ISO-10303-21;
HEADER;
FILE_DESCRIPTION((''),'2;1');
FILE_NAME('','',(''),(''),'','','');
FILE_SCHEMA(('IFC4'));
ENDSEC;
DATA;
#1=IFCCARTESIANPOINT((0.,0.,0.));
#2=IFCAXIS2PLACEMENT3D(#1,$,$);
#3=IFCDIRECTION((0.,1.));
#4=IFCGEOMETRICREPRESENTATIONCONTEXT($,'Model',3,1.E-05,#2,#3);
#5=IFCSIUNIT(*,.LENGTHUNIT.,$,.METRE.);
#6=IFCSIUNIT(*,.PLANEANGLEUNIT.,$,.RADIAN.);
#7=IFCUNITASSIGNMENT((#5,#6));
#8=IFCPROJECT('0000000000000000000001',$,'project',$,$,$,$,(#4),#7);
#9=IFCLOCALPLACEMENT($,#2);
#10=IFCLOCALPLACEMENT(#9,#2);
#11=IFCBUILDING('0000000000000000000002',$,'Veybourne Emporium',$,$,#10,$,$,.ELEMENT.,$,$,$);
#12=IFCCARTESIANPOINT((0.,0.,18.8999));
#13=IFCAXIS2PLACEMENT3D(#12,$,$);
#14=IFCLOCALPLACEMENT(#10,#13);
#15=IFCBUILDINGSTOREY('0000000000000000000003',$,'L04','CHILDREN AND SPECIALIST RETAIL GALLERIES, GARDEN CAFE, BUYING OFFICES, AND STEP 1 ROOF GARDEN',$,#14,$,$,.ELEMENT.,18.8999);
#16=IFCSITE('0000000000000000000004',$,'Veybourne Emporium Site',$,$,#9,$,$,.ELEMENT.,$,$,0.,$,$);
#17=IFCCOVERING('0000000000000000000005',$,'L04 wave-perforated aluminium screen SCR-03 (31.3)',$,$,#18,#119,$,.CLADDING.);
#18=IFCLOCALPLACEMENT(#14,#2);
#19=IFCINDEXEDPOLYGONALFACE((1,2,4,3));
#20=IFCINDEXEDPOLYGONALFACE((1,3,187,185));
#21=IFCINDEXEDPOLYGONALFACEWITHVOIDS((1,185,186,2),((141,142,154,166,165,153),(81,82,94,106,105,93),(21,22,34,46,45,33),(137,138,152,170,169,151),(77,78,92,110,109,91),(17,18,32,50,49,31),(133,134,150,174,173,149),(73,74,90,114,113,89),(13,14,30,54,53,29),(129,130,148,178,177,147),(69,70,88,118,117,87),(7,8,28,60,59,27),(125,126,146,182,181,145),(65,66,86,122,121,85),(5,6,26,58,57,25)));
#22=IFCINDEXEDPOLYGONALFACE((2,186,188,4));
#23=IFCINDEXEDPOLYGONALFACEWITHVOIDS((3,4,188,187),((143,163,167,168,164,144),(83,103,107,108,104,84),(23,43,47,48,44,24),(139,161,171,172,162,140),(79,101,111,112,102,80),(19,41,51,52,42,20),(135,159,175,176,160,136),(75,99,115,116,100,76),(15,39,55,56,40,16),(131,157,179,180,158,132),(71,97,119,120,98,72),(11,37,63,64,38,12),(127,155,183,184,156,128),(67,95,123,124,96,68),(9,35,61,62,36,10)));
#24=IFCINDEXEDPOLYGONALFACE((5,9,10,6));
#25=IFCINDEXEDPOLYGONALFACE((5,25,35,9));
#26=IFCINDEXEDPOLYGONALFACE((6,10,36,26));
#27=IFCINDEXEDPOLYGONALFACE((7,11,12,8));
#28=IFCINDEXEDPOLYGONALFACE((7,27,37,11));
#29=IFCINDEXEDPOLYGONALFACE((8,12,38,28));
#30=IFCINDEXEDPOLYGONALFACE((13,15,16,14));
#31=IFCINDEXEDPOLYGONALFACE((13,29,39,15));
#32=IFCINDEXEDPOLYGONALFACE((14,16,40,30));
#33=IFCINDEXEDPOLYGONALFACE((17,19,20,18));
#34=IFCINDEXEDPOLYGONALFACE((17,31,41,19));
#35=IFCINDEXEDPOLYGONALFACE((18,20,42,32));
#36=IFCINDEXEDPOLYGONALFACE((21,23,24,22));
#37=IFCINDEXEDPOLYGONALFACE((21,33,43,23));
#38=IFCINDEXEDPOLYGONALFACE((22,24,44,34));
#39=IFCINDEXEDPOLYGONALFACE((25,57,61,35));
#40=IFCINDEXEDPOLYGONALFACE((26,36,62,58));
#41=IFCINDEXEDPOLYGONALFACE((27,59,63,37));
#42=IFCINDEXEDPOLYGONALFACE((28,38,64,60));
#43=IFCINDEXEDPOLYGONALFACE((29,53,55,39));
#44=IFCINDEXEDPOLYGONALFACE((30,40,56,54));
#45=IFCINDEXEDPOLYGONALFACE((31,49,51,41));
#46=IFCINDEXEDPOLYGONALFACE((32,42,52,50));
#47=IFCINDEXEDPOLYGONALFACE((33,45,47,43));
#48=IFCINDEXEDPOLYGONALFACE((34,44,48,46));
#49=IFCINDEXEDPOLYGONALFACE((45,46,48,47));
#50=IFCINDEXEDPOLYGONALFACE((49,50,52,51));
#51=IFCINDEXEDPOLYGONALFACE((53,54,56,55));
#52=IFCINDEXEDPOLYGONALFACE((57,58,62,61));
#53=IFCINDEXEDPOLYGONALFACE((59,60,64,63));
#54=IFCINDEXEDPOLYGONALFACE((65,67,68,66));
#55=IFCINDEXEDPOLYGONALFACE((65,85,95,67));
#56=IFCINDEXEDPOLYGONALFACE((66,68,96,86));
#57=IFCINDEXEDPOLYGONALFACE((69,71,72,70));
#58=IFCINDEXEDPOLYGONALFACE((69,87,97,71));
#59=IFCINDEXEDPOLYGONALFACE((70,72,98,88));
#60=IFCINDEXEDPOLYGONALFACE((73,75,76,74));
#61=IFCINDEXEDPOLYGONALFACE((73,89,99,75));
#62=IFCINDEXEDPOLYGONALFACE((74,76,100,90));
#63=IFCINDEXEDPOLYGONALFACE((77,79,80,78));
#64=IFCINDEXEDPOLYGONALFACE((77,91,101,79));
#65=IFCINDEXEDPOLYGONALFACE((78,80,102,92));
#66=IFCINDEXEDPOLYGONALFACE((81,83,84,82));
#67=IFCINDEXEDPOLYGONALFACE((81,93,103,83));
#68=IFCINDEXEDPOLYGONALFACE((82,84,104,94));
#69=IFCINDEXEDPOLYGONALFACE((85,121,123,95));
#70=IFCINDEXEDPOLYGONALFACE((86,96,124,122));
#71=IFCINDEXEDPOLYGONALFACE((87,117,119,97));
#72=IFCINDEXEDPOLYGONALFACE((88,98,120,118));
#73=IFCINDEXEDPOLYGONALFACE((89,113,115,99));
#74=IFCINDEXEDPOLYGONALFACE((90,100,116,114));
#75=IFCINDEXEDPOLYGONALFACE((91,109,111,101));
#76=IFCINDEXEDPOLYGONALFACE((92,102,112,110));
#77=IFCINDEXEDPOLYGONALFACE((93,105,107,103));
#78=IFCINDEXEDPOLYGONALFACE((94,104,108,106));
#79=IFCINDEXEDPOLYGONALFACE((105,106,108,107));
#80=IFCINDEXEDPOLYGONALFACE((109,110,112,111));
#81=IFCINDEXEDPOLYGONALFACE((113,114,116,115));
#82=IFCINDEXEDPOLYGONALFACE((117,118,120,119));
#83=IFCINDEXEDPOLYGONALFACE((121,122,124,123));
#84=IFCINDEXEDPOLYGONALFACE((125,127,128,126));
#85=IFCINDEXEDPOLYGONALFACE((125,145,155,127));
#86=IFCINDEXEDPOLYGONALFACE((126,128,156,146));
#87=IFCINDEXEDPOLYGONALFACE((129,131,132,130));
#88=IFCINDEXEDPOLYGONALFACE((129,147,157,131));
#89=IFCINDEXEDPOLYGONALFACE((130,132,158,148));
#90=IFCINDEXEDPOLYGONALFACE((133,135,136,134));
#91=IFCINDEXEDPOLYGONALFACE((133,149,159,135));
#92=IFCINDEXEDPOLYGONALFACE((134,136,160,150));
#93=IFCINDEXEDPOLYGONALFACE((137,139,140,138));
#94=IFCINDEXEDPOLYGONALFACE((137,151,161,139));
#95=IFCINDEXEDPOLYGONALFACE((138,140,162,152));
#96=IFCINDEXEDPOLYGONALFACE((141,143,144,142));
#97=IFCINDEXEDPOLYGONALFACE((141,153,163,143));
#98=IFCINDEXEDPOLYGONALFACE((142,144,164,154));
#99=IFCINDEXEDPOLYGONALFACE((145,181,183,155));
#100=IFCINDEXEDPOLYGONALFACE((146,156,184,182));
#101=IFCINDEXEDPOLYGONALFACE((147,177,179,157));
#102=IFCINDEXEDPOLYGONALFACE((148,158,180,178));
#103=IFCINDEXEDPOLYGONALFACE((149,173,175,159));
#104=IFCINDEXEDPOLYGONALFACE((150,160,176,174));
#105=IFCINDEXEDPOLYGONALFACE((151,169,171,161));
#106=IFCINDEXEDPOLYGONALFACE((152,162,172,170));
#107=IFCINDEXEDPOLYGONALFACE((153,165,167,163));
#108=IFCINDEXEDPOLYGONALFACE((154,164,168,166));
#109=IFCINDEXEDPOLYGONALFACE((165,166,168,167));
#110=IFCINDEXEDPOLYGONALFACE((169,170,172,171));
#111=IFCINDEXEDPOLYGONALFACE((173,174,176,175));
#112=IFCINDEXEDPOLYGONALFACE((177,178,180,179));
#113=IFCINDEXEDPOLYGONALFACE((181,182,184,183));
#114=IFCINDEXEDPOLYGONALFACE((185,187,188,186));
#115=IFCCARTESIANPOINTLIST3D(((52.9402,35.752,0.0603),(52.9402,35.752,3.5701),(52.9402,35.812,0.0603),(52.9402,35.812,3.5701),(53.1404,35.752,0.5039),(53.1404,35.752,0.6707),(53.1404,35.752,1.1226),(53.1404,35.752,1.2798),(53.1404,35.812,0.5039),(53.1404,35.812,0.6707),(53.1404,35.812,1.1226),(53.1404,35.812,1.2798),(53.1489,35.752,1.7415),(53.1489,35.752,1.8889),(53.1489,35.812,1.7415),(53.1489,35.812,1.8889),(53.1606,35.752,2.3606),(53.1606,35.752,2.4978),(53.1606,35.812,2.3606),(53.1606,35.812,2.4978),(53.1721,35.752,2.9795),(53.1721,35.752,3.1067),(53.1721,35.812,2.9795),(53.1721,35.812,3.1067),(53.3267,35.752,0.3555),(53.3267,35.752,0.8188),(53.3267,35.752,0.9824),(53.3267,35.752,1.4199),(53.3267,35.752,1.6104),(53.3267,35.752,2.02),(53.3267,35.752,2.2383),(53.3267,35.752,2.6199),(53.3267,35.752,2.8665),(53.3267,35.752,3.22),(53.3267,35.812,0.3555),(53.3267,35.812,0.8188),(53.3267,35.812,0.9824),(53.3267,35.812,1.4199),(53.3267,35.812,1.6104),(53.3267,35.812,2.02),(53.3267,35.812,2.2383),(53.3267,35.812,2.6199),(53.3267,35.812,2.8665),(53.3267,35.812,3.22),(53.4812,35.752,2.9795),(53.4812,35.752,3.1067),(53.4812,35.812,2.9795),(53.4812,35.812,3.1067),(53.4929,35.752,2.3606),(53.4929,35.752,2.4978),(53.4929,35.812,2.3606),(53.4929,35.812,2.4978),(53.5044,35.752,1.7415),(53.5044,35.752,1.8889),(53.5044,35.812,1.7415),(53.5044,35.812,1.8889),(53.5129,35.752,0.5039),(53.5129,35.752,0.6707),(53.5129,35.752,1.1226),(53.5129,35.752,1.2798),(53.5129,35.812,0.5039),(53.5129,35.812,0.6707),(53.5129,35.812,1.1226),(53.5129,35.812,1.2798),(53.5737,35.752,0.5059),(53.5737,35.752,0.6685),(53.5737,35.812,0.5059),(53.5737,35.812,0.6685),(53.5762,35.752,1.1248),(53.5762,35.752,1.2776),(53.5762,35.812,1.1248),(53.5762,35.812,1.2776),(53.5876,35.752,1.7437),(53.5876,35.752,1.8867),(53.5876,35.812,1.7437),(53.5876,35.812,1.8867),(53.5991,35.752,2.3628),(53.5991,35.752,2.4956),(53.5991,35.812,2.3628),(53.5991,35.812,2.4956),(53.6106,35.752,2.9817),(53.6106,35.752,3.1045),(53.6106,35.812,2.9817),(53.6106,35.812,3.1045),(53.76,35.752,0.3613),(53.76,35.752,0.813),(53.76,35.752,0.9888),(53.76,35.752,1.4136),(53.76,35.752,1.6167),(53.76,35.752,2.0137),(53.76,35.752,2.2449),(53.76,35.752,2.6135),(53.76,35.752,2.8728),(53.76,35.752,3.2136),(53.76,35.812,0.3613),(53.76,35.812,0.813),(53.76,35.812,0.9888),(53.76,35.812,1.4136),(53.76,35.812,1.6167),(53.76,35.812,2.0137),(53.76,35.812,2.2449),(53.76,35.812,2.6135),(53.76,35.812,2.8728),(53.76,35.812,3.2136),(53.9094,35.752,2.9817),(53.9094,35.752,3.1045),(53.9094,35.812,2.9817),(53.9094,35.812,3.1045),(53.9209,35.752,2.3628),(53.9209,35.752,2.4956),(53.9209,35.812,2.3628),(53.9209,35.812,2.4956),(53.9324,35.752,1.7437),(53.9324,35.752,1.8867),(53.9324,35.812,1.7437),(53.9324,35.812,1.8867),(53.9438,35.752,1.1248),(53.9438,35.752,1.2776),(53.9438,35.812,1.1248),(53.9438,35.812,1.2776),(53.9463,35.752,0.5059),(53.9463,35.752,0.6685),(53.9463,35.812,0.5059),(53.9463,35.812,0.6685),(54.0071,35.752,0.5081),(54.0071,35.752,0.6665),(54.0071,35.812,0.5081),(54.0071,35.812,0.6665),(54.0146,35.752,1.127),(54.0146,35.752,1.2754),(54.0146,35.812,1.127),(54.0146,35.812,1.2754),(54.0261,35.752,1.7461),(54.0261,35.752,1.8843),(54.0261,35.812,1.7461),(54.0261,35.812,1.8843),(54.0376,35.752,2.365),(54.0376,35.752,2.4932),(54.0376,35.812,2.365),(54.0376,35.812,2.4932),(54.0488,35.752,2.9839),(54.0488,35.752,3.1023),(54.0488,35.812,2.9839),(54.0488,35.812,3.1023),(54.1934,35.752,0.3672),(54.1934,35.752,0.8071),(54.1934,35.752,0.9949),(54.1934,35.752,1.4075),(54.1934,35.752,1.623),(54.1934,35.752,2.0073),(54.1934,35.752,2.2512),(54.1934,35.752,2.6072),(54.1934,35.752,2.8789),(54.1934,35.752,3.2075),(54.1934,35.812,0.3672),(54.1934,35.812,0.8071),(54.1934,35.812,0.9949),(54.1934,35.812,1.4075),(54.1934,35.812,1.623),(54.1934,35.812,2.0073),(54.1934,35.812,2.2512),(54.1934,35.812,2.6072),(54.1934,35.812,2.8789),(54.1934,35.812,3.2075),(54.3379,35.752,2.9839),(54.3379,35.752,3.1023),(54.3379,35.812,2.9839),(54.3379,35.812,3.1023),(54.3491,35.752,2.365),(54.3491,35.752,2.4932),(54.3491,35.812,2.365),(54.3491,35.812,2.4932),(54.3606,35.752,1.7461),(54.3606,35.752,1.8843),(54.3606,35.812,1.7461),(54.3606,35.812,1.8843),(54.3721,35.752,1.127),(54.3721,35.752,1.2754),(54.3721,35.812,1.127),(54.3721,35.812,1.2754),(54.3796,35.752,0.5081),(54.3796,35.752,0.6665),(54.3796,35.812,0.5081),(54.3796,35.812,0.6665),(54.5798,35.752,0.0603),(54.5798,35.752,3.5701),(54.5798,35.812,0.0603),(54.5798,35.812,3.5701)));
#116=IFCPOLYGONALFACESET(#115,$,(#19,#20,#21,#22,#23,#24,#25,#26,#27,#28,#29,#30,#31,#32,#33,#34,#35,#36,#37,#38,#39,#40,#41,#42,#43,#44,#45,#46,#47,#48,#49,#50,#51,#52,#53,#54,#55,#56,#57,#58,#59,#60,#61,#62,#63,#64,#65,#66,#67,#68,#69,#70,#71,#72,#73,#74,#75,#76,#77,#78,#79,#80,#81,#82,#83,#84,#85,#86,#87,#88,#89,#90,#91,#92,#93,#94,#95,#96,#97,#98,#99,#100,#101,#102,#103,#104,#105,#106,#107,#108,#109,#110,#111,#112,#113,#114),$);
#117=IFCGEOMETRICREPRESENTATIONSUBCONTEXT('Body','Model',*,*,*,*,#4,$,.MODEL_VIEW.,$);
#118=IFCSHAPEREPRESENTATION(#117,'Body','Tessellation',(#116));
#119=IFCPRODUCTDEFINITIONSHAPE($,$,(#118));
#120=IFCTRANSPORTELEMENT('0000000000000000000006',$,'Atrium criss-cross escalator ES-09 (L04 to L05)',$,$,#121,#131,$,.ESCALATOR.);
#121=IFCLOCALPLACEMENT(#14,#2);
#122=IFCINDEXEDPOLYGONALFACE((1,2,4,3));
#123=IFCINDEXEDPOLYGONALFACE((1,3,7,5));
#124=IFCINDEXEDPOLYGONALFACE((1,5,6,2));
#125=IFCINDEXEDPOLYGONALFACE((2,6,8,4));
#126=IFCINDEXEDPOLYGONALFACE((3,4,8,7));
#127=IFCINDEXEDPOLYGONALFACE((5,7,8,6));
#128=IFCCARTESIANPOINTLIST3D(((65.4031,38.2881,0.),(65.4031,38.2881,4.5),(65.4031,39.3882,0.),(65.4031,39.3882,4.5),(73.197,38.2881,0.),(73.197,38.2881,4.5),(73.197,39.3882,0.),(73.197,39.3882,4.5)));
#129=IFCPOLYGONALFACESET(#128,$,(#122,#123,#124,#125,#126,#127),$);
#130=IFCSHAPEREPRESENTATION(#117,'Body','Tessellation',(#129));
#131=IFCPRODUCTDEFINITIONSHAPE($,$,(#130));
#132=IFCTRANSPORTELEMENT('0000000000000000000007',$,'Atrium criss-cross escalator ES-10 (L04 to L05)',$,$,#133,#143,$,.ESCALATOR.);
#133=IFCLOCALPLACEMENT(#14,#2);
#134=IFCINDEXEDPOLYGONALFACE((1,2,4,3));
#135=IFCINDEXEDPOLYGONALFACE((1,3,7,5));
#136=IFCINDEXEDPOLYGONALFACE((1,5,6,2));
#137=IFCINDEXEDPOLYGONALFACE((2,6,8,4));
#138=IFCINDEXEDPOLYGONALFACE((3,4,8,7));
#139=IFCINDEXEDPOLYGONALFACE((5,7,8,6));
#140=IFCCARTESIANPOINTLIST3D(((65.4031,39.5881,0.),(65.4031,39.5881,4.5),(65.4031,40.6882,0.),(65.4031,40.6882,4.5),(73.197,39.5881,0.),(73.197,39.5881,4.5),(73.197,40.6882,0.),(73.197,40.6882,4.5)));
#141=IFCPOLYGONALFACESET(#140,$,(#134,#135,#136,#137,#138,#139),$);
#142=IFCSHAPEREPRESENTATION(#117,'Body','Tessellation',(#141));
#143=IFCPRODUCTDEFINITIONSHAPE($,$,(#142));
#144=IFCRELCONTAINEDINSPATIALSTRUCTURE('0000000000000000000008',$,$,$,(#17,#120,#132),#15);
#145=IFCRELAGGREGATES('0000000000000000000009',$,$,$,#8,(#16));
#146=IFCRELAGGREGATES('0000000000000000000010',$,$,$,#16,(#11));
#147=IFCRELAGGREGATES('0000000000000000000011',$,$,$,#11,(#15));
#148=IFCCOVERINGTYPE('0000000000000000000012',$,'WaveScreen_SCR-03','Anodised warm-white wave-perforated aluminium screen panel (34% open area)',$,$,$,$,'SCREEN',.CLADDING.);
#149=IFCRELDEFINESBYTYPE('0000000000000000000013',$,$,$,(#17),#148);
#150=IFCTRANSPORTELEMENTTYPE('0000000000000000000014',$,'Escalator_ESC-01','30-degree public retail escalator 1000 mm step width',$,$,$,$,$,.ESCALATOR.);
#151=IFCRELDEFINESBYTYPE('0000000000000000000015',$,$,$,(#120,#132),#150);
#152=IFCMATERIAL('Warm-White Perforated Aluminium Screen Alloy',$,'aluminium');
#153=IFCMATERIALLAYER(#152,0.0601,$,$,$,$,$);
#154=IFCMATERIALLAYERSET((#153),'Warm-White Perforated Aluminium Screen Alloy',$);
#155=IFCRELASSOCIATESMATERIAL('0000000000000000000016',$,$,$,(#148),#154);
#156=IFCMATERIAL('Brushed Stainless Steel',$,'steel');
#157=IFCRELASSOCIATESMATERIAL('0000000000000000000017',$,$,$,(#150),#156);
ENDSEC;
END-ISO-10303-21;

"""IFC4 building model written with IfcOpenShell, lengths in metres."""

from ifc_helpers import new_model, si_unit, direction, frame, origin, origin_2d, place, context, subcontext, project, spatial, polyline, rectangle, outline, extrude, material, layer, layer_set, type_object, element, save


model = new_model("IFC4")

# Units and contexts
model_context = context("Model", 3, precision=1e-05, world=origin(), true_north=direction((0.0, 1.0)))
body_context = subcontext(model_context, "Body", "Model", "MODEL_VIEW")
ifc_project = project(units=[si_unit("LENGTHUNIT", "METRE"), si_unit("PLANEANGLEUNIT", "RADIAN")], contexts=[model_context])

# Site, building, storey
site_placement = place(None, origin())
site = spatial("IfcSite", under=ifc_project, at=site_placement, Name="Veybourne Emporium Site", CompositionType="ELEMENT", RefElevation=0.0)
building_placement = place(site_placement, origin())
building = spatial("IfcBuilding", under=site, at=building_placement, Name="Veybourne Emporium", CompositionType="ELEMENT")
storey_placement = place(building_placement, frame((0.0, 0.0, 18.8999)))
storey = spatial("IfcBuildingStorey", under=building, at=storey_placement, Name="L04", Description="CHILDREN AND SPECIALIST RETAIL GALLERIES, GARDEN CAFE, BUYING OFFICES, AND STEP 1 ROOF GARDEN", CompositionType="ELEMENT", Elevation=18.8999)

# Covering
ifc_material_1 = material(Name="Warm-White Perforated Aluminium Screen Alloy", Category="aluminium")
ifc_layer_1 = layer(ifc_material_1, 0.0601)
ifc_layer_set_1 = layer_set([ifc_layer_1], Name="Warm-White Perforated Aluminium Screen Alloy")
covering_type_1 = type_object("IfcCoveringType", Name="WaveScreen_SCR-03", Description="Anodised warm-white wave-perforated aluminium screen panel (34% open area)", ElementType="SCREEN", PredefinedType="CLADDING", material=ifc_layer_set_1)
covering_1_placement = place(storey_placement, frame((53.76, 35.752, 1.8152), z_axis=(0.0, 1.0, 0.0), x_axis=(-1.0, 0.0, 0.0)))
element("IfcCovering", 1, at=covering_1_placement, inside=storey, type_object=covering_type_1, Name="L04 wave-perforated aluminium screen SCR-03 (31.3)", PredefinedType="CLADDING", context=body_context, shape_type="SweptSolid", body=[
    extrude(outline(polyline([(-0.8198, -1.7549), (0.8198, -1.7549), (0.8198, 1.7549), (-0.8198, 1.7549), (-0.8198, -1.7549)]), holes=[polyline([(-0.4333, -1.0081), (-0.2471, -1.1487), (-0.2471, -1.3071), (-0.4333, -1.448), (-0.6196, -1.3071), (-0.6196, -1.1487), (-0.4333, -1.0081)]), polyline([(-0.4333, -0.4077), (-0.2546, -0.5398), (-0.2546, -0.6882), (-0.4333, -0.8203), (-0.6121, -0.6882), (-0.6121, -0.5398), (-0.4333, -0.4077)]), polyline([(-0.4333, 0.1921), (-0.2661, 0.0691), (-0.2661, -0.0691), (-0.4333, -0.1921), (-0.6006, -0.0691), (-0.6006, 0.0691), (-0.4333, 0.1921)]), polyline([(-0.4333, 0.792), (-0.2776, 0.678), (-0.2776, 0.5498), (-0.4333, 0.436), (-0.5891, 0.5498), (-0.5891, 0.678), (-0.4333, 0.792)]), polyline([(-0.4333, 1.3923), (-0.2888, 1.2871), (-0.2888, 1.1687), (-0.4333, 1.0637), (-0.5779, 1.1687), (-0.5779, 1.2871), (-0.4333, 1.3923)]), polyline([(0.0, -1.0022), (0.1863, -1.1467), (0.1863, -1.3093), (0.0, -1.4539), (-0.1863, -1.3093), (-0.1863, -1.1467), (0.0, -1.0022)]), polyline([(0.0, -0.4016), (0.1838, -0.5376), (0.1838, -0.6904), (0.0, -0.8264), (-0.1838, -0.6904), (-0.1838, -0.5376), (0.0, -0.4016)]), polyline([(0.0, 0.1985), (0.1724, 0.0715), (0.1724, -0.0715), (0.0, -0.1985), (-0.1724, -0.0715), (-0.1724, 0.0715), (0.0, 0.1985)]), polyline([(0.0, 0.7983), (0.1609, 0.6804), (0.1609, 0.5476), (0.0, 0.4297), (-0.1609, 0.5476), (-0.1609, 0.6804), (0.0, 0.7983)]), polyline([(0.0, 1.3984), (0.1494, 1.2893), (0.1494, 1.1665), (0.0, 1.0576), (-0.1494, 1.1665), (-0.1494, 1.2893), (0.0, 1.3984)]), polyline([(0.4333, -0.9963), (0.6196, -1.1445), (0.6196, -1.3113), (0.4333, -1.4597), (0.2471, -1.3113), (0.2471, -1.1445), (0.4333, -0.9963)]), polyline([(0.4333, -0.3953), (0.6196, -0.5354), (0.6196, -0.6926), (0.4333, -0.8328), (0.2471, -0.6926), (0.2471, -0.5354), (0.4333, -0.3953)]), polyline([(0.4333, 0.2048), (0.6111, 0.0737), (0.6111, -0.0737), (0.4333, -0.2048), (0.2556, -0.0737), (0.2556, 0.0737), (0.4333, 0.2048)]), polyline([(0.4333, 0.8047), (0.5994, 0.6826), (0.5994, 0.5454), (0.4333, 0.4231), (0.2671, 0.5454), (0.2671, 0.6826), (0.4333, 0.8047)]), polyline([(0.4333, 1.4048), (0.5879, 1.2915), (0.5879, 1.1643), (0.4333, 1.0513), (0.2788, 1.1643), (0.2788, 1.2915), (0.4333, 1.4048)])]), origin(), (0.0, 0.0, 1.0), 0.0601),
])

# Transport elements
ifc_material_2 = material(Name="Brushed Stainless Steel", Category="steel")
transport_element_type = type_object("IfcTransportElementType", Name="Escalator_ESC-01", Description="30-degree public retail escalator 1000 mm step width", PredefinedType="ESCALATOR", material=ifc_material_2)
for number, where, z_axis, x_axis, name in (
    (2, (69.3, 38.8381, 0.0), (0.0, 0.0, 1.0), (1.0, 0.0, 0.0), "Atrium criss-cross escalator ES-09 (L04 to L05)"),
    (3, (69.3, 40.1382, 0.0), (0.0, 0.0, 1.0), (1.0, 0.0, 0.0), "Atrium criss-cross escalator ES-10 (L04 to L05)"),
):
    element("IfcTransportElement", number, at=place(storey_placement, frame(where, z_axis=z_axis, x_axis=x_axis)), inside=storey, type_object=transport_element_type, Name=name, PredefinedType="ESCALATOR", context=body_context, shape_type="SweptSolid", body=[
        extrude(rectangle(XDim=7.7939, YDim=1.1001, at=origin_2d()), origin(), (0.0, 0.0, 1.0), 4.5),
    ])

save(model, "model.ifc")
